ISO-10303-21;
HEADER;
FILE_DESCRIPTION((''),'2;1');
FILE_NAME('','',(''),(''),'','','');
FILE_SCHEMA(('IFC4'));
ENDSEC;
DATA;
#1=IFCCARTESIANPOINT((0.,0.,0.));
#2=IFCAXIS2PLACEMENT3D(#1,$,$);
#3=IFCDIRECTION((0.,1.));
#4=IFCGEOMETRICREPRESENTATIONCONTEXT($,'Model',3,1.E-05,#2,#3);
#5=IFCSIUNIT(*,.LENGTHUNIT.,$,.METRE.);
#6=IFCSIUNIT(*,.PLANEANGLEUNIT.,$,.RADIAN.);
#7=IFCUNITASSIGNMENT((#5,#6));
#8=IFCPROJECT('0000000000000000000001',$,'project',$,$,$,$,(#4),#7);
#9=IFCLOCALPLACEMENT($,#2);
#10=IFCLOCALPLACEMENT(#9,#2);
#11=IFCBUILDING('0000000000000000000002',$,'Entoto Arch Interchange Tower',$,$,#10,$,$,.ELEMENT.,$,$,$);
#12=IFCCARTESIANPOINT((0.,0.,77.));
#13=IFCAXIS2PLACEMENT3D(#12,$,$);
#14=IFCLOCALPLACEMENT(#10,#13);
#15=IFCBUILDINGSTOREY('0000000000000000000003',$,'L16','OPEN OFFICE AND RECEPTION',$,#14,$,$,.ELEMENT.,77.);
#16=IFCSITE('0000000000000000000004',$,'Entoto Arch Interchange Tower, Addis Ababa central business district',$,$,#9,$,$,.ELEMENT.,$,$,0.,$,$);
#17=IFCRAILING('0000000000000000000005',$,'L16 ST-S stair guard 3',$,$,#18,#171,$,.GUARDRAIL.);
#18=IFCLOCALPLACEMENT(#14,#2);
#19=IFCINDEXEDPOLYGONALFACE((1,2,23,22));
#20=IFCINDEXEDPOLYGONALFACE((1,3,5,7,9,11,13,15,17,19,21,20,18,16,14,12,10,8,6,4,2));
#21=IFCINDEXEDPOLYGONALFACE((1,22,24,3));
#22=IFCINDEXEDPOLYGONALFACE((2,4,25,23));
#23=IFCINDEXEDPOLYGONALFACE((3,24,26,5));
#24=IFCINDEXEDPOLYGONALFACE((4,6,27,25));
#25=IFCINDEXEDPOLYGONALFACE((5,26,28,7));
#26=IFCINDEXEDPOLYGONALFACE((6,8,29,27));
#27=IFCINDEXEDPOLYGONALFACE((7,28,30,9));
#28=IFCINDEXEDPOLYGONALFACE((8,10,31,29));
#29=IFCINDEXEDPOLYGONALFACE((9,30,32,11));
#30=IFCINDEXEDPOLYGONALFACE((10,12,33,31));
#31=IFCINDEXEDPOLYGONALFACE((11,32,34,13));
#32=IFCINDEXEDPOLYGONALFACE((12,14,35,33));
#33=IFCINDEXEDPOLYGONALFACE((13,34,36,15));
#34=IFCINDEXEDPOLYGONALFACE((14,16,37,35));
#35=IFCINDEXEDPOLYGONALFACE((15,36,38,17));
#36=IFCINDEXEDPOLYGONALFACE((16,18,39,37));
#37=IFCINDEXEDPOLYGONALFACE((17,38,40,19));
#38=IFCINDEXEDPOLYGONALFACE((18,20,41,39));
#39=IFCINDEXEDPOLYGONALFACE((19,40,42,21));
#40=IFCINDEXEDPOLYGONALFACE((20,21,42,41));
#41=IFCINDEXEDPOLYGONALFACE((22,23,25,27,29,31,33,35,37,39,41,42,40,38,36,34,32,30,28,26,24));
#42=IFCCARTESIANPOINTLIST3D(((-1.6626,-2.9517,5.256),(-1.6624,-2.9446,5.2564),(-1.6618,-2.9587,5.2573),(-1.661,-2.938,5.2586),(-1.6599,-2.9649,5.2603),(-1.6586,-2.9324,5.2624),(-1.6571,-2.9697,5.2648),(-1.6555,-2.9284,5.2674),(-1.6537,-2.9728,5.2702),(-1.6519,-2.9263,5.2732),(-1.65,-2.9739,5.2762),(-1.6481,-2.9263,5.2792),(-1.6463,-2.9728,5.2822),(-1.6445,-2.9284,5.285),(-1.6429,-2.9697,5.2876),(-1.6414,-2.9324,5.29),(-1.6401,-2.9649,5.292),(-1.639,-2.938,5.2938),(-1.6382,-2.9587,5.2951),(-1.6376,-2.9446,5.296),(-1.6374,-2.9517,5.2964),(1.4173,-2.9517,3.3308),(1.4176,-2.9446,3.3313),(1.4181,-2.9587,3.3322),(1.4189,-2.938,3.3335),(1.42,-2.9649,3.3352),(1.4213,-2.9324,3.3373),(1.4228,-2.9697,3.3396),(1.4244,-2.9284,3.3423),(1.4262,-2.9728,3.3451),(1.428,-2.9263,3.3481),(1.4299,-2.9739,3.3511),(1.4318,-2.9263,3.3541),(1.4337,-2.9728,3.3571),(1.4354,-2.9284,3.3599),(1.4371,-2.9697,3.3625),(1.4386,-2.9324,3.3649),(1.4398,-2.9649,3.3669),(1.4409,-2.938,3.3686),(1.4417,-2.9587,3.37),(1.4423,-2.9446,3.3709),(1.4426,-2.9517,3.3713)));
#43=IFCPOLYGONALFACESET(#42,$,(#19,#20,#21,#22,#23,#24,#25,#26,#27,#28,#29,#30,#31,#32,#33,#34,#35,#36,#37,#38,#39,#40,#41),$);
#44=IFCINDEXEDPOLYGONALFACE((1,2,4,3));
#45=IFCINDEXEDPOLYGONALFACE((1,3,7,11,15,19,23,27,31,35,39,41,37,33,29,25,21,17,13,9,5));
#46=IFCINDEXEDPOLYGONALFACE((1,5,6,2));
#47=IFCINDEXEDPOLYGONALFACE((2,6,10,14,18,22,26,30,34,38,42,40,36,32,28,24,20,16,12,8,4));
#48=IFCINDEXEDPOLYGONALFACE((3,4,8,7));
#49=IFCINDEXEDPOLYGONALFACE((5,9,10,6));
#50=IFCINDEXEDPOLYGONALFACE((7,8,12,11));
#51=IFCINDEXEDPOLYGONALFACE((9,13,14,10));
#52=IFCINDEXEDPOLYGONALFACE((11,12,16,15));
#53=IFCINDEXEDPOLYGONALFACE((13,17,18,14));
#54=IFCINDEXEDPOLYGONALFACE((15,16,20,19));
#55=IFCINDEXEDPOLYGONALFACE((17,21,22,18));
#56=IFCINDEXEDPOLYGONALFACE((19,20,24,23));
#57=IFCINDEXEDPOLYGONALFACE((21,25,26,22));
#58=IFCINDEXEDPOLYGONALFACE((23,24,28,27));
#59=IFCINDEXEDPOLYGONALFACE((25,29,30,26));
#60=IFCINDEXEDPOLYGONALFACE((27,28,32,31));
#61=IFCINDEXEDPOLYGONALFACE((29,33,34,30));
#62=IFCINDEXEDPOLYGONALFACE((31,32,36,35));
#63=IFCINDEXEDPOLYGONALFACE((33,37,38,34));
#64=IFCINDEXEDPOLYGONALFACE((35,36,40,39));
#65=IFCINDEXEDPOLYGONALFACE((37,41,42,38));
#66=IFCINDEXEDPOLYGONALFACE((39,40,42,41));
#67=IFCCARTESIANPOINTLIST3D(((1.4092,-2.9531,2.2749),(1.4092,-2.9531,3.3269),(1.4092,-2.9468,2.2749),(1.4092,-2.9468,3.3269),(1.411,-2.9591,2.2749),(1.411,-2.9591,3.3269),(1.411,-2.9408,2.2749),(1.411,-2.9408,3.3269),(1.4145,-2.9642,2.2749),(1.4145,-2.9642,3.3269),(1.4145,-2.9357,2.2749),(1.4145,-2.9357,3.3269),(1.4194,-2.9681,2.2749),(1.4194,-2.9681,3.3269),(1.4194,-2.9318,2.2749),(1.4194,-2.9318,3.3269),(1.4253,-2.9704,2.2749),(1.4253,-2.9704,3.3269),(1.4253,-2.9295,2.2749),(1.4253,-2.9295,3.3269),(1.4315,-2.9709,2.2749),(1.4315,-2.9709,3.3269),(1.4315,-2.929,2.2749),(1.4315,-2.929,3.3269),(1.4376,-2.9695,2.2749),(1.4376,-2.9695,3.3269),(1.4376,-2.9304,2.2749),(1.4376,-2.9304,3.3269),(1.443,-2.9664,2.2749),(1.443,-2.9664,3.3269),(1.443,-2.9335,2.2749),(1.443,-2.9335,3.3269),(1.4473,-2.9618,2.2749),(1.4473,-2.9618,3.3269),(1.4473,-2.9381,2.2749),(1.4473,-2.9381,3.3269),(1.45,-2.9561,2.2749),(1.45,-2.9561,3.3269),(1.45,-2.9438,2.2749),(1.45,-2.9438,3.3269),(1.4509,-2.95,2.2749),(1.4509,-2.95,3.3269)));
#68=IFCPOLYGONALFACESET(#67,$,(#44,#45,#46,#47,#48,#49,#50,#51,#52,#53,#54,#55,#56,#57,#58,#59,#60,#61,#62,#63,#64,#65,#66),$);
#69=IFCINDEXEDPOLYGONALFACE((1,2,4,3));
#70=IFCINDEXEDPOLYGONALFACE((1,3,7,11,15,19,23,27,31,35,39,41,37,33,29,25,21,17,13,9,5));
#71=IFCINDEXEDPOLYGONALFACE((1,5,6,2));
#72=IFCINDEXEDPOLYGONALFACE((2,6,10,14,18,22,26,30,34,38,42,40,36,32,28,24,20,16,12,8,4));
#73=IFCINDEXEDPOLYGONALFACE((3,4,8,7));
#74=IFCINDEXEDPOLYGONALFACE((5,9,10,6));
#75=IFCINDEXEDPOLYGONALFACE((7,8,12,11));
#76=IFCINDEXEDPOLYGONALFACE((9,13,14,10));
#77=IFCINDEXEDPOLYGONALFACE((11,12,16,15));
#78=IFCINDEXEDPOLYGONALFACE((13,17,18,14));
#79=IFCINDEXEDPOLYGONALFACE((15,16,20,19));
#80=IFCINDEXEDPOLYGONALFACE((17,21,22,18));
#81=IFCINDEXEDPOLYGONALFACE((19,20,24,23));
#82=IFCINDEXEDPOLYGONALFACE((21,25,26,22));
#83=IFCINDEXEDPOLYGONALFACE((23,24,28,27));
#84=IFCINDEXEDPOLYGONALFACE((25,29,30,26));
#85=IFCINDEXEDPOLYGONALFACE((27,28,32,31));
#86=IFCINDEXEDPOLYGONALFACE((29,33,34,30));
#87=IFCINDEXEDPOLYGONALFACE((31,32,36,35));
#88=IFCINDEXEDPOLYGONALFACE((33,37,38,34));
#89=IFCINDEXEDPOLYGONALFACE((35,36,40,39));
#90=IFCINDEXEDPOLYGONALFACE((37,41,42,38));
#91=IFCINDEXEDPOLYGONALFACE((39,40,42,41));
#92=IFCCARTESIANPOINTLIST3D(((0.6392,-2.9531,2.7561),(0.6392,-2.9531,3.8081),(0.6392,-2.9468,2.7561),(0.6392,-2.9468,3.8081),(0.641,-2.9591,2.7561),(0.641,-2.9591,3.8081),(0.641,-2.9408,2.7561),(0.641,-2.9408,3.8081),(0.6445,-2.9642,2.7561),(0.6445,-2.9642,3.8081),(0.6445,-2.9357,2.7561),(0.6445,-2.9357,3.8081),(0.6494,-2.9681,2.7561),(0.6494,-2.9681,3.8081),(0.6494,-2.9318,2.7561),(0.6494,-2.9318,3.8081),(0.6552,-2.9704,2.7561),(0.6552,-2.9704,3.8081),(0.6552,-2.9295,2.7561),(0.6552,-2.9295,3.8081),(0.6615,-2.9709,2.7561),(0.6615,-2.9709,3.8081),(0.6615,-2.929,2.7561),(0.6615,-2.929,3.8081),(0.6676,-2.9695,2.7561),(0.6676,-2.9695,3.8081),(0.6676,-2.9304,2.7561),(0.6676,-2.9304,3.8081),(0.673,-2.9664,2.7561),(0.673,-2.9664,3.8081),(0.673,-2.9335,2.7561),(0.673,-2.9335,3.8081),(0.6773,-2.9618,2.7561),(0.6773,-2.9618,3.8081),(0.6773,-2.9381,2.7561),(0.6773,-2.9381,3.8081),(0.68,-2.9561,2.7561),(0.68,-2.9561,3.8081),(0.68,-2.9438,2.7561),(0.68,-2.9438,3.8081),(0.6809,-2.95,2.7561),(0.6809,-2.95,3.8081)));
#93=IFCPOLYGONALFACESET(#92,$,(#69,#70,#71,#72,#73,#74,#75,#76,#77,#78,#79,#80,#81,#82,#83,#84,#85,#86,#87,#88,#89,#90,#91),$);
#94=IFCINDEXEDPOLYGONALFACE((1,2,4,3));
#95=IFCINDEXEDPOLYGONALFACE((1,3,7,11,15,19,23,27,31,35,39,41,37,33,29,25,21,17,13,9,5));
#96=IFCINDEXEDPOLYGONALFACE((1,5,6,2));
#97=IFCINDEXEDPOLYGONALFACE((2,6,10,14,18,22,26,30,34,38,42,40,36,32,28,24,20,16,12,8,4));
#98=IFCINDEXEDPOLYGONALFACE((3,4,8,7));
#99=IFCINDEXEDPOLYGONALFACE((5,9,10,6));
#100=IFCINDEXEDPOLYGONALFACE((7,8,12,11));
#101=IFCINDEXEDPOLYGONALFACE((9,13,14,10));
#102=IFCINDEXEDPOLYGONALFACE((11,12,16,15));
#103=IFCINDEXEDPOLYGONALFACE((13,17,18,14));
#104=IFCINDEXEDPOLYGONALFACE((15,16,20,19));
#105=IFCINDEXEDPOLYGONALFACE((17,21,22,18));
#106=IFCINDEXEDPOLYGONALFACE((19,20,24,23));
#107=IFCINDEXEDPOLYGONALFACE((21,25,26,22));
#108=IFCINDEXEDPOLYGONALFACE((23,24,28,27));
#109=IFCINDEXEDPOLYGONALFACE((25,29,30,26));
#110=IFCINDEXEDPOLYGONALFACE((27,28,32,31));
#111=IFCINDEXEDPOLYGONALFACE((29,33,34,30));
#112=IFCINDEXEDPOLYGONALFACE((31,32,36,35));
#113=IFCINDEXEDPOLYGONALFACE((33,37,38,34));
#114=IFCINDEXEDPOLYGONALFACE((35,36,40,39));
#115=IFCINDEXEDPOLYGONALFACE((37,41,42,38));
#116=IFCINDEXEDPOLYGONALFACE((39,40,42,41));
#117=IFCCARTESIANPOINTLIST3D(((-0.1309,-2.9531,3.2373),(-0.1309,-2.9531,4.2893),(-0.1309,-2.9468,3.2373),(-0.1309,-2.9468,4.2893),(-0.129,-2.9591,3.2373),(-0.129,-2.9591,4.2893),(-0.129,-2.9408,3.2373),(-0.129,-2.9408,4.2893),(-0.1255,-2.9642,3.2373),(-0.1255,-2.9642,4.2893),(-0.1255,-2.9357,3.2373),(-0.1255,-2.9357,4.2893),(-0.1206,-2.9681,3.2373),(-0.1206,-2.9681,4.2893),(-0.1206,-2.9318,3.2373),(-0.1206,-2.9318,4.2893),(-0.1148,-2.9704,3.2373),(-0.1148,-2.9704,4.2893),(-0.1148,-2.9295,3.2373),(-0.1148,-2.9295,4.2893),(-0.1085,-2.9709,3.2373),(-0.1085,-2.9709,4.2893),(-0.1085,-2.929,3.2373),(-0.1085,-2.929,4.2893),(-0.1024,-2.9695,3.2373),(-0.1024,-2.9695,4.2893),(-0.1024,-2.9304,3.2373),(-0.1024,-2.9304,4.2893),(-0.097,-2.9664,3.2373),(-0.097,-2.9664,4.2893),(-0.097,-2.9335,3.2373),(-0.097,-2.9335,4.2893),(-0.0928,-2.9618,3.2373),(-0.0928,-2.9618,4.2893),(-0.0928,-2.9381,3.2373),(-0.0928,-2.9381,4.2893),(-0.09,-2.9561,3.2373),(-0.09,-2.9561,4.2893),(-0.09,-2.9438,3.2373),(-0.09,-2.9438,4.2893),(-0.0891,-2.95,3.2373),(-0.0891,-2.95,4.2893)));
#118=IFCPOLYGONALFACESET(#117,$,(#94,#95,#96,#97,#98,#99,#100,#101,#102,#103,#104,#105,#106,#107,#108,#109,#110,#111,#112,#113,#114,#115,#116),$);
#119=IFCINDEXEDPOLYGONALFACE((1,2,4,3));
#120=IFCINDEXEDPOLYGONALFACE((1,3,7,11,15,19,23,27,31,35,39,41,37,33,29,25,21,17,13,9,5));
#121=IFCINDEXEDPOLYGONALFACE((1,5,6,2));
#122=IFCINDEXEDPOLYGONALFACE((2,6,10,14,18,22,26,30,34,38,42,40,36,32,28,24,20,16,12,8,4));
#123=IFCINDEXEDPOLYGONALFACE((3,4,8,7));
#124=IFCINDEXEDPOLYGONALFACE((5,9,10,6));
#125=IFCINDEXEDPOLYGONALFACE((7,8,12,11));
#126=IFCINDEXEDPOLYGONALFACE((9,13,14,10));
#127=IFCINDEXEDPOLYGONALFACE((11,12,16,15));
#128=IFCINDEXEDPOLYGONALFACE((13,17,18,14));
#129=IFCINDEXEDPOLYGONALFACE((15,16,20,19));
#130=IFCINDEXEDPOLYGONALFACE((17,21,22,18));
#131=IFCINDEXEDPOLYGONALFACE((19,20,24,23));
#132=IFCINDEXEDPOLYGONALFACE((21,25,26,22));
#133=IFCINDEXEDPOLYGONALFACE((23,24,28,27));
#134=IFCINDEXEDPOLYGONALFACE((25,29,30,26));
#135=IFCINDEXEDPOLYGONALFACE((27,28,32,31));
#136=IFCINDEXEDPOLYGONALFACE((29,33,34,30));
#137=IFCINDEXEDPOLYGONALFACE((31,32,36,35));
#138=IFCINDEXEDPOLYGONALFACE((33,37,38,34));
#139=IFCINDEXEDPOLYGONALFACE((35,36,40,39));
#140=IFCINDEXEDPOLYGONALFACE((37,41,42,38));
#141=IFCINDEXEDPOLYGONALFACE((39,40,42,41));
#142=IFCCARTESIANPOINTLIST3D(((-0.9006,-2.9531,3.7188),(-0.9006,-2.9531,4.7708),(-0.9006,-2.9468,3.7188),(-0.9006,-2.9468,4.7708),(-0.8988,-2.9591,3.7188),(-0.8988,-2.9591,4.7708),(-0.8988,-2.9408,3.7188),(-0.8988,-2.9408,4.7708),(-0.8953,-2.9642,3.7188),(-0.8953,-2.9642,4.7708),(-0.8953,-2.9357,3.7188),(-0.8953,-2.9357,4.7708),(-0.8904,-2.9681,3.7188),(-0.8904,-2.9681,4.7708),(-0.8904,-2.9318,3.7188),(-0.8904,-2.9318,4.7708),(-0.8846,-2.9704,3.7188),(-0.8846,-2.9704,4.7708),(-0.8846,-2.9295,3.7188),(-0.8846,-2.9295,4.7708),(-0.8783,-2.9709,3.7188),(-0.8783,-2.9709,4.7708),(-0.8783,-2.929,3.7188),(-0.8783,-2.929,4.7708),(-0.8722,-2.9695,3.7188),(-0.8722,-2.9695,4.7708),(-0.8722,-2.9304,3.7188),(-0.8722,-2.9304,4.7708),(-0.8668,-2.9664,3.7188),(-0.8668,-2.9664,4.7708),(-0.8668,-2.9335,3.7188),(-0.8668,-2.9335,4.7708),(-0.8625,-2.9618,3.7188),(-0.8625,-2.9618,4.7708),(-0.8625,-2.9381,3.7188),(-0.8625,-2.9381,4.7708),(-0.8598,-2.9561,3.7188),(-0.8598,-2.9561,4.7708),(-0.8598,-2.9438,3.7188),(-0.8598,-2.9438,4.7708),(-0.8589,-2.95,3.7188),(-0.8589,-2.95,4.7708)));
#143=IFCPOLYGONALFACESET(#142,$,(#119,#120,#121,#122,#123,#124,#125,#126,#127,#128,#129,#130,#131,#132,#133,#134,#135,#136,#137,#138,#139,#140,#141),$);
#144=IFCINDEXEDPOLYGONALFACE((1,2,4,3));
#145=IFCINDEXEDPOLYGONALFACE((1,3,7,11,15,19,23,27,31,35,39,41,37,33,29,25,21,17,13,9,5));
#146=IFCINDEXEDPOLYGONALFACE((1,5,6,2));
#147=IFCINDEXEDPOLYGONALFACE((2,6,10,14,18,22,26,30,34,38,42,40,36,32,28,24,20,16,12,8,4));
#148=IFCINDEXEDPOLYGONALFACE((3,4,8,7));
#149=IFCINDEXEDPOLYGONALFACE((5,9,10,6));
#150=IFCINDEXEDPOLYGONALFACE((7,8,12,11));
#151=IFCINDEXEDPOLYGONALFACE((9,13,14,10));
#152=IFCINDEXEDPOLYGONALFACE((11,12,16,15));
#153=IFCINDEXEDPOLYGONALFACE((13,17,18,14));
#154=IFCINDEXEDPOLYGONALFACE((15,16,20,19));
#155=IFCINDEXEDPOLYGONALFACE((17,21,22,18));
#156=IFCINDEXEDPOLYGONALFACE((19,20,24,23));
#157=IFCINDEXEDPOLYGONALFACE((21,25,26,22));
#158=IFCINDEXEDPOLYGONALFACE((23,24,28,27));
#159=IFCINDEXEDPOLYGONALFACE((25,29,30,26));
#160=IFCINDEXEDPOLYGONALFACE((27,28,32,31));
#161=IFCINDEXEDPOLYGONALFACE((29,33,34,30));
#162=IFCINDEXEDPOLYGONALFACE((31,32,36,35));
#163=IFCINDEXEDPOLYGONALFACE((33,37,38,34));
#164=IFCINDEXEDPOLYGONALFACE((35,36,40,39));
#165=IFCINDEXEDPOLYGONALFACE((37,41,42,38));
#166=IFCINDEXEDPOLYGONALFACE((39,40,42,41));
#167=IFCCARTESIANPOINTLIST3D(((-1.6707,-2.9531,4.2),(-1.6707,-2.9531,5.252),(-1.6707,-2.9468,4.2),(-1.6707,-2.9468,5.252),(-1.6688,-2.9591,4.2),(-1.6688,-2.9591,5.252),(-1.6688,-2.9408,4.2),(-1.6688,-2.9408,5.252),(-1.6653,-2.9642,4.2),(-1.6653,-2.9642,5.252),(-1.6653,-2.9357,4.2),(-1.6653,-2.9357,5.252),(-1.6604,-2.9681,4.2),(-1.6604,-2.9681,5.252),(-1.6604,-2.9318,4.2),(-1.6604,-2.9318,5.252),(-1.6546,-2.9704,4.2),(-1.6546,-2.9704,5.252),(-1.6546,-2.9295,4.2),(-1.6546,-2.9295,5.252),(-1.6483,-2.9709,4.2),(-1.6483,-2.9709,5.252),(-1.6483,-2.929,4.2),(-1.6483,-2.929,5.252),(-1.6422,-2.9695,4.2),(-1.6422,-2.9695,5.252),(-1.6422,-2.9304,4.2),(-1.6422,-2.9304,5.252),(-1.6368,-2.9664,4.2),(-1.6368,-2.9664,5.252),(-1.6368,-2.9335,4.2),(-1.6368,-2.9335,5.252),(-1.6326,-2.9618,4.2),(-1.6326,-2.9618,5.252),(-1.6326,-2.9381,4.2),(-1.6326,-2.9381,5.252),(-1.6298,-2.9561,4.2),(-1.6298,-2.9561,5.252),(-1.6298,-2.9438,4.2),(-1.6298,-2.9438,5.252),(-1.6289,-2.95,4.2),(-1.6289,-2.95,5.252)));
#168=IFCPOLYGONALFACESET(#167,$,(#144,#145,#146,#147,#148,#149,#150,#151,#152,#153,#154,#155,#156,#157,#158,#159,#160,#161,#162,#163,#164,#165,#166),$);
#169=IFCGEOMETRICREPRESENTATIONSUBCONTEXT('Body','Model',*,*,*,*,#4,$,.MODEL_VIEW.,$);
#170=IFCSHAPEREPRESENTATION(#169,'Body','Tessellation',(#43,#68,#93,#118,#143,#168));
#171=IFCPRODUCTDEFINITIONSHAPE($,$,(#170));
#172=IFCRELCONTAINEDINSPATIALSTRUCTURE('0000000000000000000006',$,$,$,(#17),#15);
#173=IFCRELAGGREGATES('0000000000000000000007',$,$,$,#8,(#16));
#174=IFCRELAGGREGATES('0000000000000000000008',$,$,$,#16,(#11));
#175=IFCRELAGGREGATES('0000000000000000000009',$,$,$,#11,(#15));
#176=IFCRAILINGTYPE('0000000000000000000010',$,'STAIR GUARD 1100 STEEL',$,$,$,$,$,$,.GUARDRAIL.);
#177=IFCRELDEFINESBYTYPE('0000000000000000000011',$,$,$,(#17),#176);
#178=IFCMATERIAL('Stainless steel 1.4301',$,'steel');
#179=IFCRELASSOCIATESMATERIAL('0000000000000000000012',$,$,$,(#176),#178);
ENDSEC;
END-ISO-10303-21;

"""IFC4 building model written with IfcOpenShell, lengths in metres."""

from ifc_helpers import new_model, si_unit, direction, frame, origin, origin_2d, place, context, subcontext, project, spatial, circle, extrude, material, type_object, element, save


model = new_model("IFC4")

# Units and contexts
model_context = context("Model", 3, precision=1e-05, world=origin(), true_north=direction((0.0, 1.0)))
body_context = subcontext(model_context, "Body", "Model", "MODEL_VIEW")
ifc_project = project(units=[si_unit("LENGTHUNIT", "METRE"), si_unit("PLANEANGLEUNIT", "RADIAN")], contexts=[model_context])

# Site, building, storey
site_placement = place(None, origin())
site = spatial("IfcSite", under=ifc_project, at=site_placement, Name="Entoto Arch Interchange Tower, Addis Ababa central business district", CompositionType="ELEMENT", RefElevation=0.0)
building_placement = place(site_placement, origin())
building = spatial("IfcBuilding", under=site, at=building_placement, Name="Entoto Arch Interchange Tower", CompositionType="ELEMENT")
storey_placement = place(building_placement, frame((0.0, 0.0, 77.0)))
storey = spatial("IfcBuildingStorey", under=building, at=storey_placement, Name="L16", Description="OPEN OFFICE AND RECEPTION", CompositionType="ELEMENT", Elevation=77.0)

# Railing
ifc_material_1 = material(Name="Stainless steel 1.4301", Category="steel")
railing_type_1 = type_object("IfcRailingType", Name="STAIR GUARD 1100 STEEL", PredefinedType="GUARDRAIL", material=ifc_material_1)
railing_1_placement = place(storey_placement, frame((1.4299, -2.95, 2.2749)))
element("IfcRailing", 1, at=railing_1_placement, inside=storey, type_object=railing_type_1, Name="L16 ST-S stair guard 3", PredefinedType="GUARDRAIL", context=body_context, shape_type="SweptSolid", body=[
    extrude(circle(Radius=0.0239, at=origin_2d()), frame((0.0, 0.0, 1.0762), z_axis=(-0.847979, 0.0, 0.530029), x_axis=(0.0, -1.0, 0.0)), (0.0, 0.0, 1.0), 3.6321),
    extrude(circle(Radius=0.021, at=origin_2d()), origin(), (0.0, 0.0, 1.0), 1.052),
    extrude(circle(Radius=0.021, at=origin_2d()), frame((-0.77, 0.0, 0.4812)), (0.0, 0.0, 1.0), 1.052),
    extrude(circle(Radius=0.021, at=origin_2d()), frame((-1.54, 0.0, 0.9624)), (0.0, 0.0, 1.0), 1.052),
    extrude(circle(Radius=0.021, at=origin_2d()), frame((-2.3098, 0.0, 1.4438)), (0.0, 0.0, 1.0), 1.052),
    extrude(circle(Radius=0.021, at=origin_2d()), frame((-3.0798, 0.0, 1.925)), (0.0, 0.0, 1.0), 1.052),
])

save(model, "model.ifc")
